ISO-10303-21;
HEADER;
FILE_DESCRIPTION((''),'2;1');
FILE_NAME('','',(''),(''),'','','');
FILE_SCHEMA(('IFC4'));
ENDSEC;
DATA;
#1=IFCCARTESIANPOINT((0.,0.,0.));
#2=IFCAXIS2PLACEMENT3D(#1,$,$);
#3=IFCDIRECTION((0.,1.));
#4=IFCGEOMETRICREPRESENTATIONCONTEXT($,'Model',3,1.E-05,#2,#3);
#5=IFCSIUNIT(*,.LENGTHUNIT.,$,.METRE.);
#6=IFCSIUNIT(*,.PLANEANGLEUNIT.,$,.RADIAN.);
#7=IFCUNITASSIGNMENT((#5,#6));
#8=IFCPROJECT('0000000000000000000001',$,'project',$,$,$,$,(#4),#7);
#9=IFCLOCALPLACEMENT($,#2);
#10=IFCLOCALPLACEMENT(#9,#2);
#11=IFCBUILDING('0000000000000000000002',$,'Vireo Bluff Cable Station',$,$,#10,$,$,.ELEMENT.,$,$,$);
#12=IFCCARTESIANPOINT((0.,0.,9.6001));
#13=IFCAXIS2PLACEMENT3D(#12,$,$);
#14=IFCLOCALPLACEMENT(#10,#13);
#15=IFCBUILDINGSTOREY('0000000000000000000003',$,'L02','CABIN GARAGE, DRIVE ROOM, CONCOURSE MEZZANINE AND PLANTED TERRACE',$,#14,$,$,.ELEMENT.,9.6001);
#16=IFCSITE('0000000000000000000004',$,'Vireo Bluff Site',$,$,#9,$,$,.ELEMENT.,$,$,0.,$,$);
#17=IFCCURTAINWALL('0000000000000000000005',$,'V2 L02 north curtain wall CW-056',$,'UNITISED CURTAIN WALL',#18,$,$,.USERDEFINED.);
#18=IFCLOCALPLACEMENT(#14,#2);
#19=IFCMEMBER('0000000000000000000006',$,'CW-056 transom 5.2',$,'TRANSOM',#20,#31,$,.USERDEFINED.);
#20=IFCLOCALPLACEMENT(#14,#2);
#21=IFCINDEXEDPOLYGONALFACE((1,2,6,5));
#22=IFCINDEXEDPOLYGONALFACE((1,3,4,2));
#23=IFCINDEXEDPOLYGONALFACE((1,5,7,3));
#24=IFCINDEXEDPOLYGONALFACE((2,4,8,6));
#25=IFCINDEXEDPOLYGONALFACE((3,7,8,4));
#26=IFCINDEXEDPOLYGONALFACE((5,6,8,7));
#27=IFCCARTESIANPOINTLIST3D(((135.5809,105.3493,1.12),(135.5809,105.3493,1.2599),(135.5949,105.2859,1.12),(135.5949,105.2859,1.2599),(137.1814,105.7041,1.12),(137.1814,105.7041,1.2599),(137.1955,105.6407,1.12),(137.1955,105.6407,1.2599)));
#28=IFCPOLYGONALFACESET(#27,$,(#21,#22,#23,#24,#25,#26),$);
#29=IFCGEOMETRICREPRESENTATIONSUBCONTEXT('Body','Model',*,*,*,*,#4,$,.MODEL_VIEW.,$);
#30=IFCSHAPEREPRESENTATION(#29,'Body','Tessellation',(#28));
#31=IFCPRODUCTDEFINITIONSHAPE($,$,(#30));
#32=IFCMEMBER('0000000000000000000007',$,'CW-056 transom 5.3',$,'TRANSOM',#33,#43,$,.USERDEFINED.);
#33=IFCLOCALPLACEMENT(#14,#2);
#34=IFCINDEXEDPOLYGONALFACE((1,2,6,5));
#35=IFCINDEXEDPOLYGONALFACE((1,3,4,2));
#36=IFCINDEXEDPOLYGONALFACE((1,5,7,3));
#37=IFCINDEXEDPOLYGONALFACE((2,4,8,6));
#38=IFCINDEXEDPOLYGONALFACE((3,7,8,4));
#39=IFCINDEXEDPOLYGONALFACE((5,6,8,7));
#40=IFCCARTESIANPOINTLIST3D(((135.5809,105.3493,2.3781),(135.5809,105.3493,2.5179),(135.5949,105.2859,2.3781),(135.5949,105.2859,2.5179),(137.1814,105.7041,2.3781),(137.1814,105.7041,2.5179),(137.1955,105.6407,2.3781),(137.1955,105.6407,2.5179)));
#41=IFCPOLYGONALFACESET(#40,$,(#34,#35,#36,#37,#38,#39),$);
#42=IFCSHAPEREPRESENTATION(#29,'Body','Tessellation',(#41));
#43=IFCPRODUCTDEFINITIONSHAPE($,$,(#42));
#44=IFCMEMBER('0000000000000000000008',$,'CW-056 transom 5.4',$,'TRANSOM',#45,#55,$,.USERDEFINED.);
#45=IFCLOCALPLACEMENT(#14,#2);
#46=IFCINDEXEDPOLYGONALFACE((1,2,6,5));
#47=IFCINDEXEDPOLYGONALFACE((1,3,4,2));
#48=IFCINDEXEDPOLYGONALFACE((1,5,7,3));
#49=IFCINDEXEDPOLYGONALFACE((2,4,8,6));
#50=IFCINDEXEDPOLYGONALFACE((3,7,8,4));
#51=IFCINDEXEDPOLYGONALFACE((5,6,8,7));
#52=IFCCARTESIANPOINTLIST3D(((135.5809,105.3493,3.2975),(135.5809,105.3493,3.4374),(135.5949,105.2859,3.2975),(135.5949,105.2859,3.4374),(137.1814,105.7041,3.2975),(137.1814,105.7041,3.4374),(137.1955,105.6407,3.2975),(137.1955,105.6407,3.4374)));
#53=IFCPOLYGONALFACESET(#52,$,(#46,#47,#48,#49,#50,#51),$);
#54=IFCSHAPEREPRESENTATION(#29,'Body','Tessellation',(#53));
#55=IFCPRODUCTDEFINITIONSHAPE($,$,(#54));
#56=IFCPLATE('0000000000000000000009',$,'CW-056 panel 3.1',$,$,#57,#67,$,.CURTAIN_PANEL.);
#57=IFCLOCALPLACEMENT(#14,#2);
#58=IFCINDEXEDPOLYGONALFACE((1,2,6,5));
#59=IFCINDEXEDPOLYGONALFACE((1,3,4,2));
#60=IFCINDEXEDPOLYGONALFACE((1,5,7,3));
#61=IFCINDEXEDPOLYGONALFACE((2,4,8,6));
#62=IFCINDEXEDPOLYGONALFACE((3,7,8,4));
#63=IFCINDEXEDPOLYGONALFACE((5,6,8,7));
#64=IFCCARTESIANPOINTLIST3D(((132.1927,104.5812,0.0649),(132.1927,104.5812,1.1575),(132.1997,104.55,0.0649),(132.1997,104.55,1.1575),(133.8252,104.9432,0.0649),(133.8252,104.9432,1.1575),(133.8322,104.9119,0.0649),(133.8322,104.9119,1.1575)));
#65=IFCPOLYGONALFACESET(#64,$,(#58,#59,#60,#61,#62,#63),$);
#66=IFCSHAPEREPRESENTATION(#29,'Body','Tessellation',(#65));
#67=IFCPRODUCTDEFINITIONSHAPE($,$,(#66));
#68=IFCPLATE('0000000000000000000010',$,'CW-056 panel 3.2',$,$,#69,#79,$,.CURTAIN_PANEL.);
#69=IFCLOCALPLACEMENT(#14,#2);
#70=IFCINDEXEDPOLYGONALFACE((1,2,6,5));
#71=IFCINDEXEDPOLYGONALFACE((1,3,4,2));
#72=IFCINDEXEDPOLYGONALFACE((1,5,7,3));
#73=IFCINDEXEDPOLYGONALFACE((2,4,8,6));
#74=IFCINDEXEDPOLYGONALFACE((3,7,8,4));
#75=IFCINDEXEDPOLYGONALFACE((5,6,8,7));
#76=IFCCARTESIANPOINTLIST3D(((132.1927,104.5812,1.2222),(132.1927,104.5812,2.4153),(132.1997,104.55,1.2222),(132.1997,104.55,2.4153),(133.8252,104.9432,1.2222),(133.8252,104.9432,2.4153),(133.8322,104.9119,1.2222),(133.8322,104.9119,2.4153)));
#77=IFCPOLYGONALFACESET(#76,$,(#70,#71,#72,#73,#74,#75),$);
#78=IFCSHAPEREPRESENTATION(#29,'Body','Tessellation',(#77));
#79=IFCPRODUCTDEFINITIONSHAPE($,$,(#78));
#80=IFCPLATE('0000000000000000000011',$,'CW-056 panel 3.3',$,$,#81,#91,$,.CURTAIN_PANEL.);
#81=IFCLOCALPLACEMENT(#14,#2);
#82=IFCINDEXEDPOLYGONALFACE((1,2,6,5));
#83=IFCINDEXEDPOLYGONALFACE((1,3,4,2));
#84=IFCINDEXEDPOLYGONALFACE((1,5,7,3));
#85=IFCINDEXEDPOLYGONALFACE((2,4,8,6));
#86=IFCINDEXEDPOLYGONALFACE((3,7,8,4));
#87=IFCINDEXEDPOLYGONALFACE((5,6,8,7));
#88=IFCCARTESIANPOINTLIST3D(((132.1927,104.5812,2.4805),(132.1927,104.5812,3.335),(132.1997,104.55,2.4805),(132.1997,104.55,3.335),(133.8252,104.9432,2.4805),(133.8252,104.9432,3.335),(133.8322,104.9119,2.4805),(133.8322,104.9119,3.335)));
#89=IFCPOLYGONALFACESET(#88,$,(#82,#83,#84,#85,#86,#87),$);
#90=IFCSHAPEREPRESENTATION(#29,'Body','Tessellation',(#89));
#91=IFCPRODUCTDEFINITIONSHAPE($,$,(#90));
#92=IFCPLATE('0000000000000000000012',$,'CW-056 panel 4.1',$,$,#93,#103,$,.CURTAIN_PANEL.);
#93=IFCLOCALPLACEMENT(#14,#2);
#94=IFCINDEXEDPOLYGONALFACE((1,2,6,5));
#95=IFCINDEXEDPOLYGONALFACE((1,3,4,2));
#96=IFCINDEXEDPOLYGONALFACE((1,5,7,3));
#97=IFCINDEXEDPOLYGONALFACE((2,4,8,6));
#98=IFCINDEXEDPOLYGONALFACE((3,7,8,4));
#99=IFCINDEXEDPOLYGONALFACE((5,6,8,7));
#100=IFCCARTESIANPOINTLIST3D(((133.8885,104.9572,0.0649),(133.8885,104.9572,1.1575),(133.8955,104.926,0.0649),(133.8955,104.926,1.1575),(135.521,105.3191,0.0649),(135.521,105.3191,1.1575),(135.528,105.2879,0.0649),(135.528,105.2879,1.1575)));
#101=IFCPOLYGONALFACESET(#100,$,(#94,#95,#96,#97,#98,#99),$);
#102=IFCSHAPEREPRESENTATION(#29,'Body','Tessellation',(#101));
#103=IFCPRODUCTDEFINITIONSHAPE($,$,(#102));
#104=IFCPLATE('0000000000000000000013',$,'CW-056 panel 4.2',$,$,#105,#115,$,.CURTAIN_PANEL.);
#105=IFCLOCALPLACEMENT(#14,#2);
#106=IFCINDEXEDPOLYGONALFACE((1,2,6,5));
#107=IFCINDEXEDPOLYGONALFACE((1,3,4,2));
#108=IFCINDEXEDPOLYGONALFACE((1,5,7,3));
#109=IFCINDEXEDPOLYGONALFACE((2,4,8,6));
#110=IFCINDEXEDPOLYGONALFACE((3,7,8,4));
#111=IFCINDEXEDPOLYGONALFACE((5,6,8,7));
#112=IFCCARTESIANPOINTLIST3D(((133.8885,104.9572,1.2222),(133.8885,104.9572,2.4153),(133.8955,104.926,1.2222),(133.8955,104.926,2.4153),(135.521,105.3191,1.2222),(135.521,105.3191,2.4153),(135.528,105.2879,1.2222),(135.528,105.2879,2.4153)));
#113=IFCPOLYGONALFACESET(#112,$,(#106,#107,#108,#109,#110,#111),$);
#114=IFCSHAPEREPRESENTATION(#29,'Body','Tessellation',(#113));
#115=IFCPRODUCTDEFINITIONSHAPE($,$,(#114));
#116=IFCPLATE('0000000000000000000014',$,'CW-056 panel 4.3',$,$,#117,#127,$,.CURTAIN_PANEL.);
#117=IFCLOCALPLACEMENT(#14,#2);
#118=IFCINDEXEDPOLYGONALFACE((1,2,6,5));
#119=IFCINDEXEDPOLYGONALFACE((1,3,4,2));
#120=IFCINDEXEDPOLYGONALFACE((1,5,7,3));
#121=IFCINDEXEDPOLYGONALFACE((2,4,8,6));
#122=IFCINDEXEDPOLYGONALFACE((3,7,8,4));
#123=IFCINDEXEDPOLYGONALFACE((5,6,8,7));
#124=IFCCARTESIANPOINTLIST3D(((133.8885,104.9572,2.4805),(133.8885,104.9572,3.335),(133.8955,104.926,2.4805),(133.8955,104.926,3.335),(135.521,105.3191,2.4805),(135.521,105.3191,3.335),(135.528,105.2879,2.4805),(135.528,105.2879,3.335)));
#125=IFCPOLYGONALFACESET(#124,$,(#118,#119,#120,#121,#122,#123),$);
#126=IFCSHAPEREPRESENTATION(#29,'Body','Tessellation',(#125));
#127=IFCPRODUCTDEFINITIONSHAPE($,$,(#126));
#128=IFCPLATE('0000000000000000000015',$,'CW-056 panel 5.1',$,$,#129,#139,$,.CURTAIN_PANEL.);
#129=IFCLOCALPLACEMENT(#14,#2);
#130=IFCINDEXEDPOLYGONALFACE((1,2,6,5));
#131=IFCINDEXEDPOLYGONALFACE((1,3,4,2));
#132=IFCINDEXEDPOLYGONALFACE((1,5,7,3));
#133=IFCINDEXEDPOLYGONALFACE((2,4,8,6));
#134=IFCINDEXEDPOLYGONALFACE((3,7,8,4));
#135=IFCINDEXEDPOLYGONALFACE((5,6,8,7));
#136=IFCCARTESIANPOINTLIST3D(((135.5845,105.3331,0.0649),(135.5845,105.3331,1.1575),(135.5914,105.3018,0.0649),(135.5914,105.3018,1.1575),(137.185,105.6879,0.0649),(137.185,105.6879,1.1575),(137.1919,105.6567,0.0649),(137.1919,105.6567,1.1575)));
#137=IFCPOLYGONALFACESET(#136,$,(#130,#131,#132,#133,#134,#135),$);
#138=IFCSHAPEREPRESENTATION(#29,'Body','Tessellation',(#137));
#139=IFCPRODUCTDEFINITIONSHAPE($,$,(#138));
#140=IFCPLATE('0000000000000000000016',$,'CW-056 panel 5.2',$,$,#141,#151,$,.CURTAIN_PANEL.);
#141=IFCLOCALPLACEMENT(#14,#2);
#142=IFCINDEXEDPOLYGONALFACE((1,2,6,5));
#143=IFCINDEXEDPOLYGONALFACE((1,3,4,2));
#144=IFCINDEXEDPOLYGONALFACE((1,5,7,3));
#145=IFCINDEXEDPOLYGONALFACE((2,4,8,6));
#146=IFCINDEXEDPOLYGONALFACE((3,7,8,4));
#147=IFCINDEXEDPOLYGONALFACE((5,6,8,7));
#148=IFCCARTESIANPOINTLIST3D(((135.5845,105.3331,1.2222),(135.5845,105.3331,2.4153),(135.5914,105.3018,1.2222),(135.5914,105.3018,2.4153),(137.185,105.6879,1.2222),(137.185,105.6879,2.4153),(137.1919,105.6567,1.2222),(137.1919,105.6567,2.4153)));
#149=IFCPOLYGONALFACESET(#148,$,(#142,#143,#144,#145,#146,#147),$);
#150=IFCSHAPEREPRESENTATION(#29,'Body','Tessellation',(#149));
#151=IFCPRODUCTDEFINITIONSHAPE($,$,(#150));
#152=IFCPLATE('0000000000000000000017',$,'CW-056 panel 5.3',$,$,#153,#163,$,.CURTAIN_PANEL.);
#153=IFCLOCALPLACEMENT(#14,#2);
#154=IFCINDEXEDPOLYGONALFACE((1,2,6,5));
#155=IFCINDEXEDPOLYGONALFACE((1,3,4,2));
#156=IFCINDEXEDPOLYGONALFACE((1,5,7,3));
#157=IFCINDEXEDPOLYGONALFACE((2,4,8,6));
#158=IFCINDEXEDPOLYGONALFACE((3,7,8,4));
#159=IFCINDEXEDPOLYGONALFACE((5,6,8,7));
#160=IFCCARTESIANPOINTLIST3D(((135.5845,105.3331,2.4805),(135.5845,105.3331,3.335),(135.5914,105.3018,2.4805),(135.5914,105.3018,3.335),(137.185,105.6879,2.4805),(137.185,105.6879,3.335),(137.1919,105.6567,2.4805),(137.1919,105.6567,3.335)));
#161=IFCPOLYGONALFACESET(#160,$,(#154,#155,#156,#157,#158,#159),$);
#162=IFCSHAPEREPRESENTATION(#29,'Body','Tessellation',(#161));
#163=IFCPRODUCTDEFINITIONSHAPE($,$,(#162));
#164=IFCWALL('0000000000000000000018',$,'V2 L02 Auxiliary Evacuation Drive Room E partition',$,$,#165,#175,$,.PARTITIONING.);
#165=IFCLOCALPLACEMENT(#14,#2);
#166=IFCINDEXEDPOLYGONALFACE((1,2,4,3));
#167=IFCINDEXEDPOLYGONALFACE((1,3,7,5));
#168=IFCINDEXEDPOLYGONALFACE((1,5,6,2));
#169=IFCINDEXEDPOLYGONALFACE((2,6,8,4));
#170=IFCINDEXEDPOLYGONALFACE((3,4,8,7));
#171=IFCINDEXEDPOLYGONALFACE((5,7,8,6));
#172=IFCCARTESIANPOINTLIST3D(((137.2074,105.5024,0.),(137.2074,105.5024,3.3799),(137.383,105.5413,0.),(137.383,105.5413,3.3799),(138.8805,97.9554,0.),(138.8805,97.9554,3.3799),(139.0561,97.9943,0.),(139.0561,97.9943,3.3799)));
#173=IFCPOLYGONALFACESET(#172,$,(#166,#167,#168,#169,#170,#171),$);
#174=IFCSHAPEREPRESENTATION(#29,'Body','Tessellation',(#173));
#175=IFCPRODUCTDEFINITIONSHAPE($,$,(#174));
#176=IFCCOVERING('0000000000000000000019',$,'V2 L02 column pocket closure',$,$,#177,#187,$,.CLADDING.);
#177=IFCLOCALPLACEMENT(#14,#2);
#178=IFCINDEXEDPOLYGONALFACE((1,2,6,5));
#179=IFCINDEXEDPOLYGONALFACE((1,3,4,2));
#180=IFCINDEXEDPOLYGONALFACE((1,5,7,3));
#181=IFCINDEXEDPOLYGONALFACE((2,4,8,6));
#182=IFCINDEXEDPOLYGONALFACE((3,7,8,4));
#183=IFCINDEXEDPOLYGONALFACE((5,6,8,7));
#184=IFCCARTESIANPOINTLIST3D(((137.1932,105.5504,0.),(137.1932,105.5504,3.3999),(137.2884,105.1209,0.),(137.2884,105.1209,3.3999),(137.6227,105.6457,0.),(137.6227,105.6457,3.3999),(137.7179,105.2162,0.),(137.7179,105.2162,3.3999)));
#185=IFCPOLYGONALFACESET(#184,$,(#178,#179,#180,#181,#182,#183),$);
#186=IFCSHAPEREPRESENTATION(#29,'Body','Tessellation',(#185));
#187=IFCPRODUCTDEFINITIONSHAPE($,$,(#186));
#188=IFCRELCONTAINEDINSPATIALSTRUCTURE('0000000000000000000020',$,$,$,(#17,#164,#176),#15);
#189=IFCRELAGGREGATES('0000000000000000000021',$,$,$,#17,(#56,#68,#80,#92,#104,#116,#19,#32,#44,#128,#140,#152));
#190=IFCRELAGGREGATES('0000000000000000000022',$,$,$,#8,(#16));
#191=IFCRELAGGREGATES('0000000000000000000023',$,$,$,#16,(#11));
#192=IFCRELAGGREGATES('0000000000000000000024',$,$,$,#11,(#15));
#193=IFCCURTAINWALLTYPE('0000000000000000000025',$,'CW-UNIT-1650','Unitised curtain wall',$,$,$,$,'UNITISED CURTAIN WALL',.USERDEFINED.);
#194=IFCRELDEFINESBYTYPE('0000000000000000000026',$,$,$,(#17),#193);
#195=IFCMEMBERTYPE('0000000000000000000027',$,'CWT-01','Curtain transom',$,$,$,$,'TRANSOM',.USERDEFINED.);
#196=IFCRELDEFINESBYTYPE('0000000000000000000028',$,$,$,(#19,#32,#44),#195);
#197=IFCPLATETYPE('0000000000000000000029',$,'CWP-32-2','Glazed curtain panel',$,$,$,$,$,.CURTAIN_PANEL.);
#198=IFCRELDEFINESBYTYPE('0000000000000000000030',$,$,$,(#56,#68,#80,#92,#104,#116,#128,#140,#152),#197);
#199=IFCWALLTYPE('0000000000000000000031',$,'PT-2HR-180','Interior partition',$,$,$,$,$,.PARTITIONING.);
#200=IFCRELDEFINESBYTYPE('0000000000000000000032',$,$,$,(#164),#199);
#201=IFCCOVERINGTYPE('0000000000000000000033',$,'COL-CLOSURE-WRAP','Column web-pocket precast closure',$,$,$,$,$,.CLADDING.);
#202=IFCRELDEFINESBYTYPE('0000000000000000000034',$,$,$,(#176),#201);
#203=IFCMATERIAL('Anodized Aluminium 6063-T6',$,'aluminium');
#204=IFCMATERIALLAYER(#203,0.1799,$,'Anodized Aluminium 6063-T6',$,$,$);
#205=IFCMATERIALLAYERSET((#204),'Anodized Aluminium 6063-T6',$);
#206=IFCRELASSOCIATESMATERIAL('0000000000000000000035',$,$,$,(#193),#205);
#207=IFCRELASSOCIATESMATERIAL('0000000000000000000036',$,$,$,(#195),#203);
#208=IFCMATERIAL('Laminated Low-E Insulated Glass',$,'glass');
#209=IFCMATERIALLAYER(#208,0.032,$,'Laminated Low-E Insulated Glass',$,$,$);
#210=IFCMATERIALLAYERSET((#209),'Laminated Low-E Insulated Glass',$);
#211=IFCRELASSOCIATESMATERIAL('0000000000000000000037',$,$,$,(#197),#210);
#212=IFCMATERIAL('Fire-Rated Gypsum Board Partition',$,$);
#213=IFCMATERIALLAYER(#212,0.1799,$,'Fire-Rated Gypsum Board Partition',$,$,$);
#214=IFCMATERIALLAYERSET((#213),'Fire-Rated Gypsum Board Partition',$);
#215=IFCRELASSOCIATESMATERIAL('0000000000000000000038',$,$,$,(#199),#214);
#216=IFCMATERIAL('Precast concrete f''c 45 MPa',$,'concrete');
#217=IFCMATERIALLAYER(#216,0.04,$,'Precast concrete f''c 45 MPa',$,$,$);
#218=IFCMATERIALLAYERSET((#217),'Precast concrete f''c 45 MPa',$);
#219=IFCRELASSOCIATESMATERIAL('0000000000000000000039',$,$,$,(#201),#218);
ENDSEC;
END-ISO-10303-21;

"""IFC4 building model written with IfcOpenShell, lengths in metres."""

from ifc_helpers import new_model, si_unit, direction, frame, frame_2d, origin, origin_2d, place, context, subcontext, project, spatial, rectangle, extrude, material, layer, layer_set, material_profile, profile_set, type_object, element, aggregate, save


model = new_model("IFC4")

# Units and contexts
model_context = context("Model", 3, precision=1e-05, world=origin(), true_north=direction((0.0, 1.0)))
body_context = subcontext(model_context, "Body", "Model", "MODEL_VIEW")
ifc_project = project(units=[si_unit("LENGTHUNIT", "METRE"), si_unit("PLANEANGLEUNIT", "RADIAN")], contexts=[model_context])

# Site, building, storey
site_placement = place(None, origin())
site = spatial("IfcSite", under=ifc_project, at=site_placement, Name="Vireo Bluff Site", CompositionType="ELEMENT", RefElevation=0.0)
building_placement = place(site_placement, origin())
building = spatial("IfcBuilding", under=site, at=building_placement, Name="Vireo Bluff Cable Station", CompositionType="ELEMENT")
storey_placement = place(building_placement, frame((0.0, 0.0, 9.6001)))
storey = spatial("IfcBuildingStorey", under=building, at=storey_placement, Name="L02", Description="CABIN GARAGE, DRIVE ROOM, CONCOURSE MEZZANINE AND PLANTED TERRACE", CompositionType="ELEMENT", Elevation=9.6001)

# Curtain wall, members, plates
ifc_material_1 = material(Name="Anodized Aluminium 6063-T6", Category="aluminium")
ifc_layer_1 = layer(ifc_material_1, 0.1799, Name="Anodized Aluminium 6063-T6")
ifc_layer_set_1 = layer_set([ifc_layer_1], Name="Anodized Aluminium 6063-T6")
curtain_wall_type = type_object("IfcCurtainWallType", Name="CW-UNIT-1650", Description="Unitised curtain wall", ElementType="UNITISED CURTAIN WALL", PredefinedType="USERDEFINED", material=ifc_layer_set_1)
curtain_wall_placement = place(storey_placement, origin())
curtain_wall = element("IfcCurtainWall", 1, at=curtain_wall_placement, inside=storey, type_object=curtain_wall_type, Name="V2 L02 north curtain wall CW-056", ObjectType="UNITISED CURTAIN WALL", PredefinedType="USERDEFINED")
ifc_material_profile_1 = material_profile(ifc_material_1, rectangle(XDim=0.0649, YDim=0.1399, at=origin_2d()), Name="ALU-T-65X140")
ifc_profile_set_1 = profile_set([ifc_material_profile_1], Name="Anodized Aluminium 6063-T6")
member_type_1 = type_object("IfcMemberType", Name="CWT-01", Description="Curtain transom", ElementType="TRANSOM", PredefinedType="USERDEFINED", material=ifc_profile_set_1)
member_1_placement = place(storey_placement, frame((135.5879, 105.3176, 1.1899), z_axis=(0.97631, 0.216379, 0.0), x_axis=(-0.216379, 0.97631, 0.0)))
member_1 = element("IfcMember", 2, at=member_1_placement, type_object=member_type_1, Name="CW-056 transom 5.2", ObjectType="TRANSOM", PredefinedType="USERDEFINED", context=body_context, shape_type="SweptSolid", body=[
    extrude(rectangle(XDim=0.0649, YDim=0.1399, at=origin_2d()), origin(), (0.0, 0.0, 1.0), 1.6394),
])
member_2_placement = place(storey_placement, frame((135.5879, 105.3176, 2.448), z_axis=(0.97631, 0.216379, 0.0), x_axis=(-0.216379, 0.97631, 0.0)))
member_2 = element("IfcMember", 3, at=member_2_placement, type_object=member_type_1, Name="CW-056 transom 5.3", ObjectType="TRANSOM", PredefinedType="USERDEFINED", context=body_context, shape_type="SweptSolid", body=[
    extrude(rectangle(XDim=0.0649, YDim=0.1399, at=origin_2d()), origin(), (0.0, 0.0, 1.0), 1.6394),
])
member_3_placement = place(storey_placement, frame((135.5879, 105.3176, 3.3674), z_axis=(0.97631, 0.216379, 0.0), x_axis=(-0.216379, 0.97631, 0.0)))
member_3 = element("IfcMember", 4, at=member_3_placement, type_object=member_type_1, Name="CW-056 transom 5.4", ObjectType="TRANSOM", PredefinedType="USERDEFINED", context=body_context, shape_type="SweptSolid", body=[
    extrude(rectangle(XDim=0.0649, YDim=0.1399, at=origin_2d()), origin(), (0.0, 0.0, 1.0), 1.6394),
])
ifc_material_2 = material(Name="Laminated Low-E Insulated Glass", Category="glass")
ifc_layer_2 = layer(ifc_material_2, 0.032, Name="Laminated Low-E Insulated Glass")
ifc_layer_set_2 = layer_set([ifc_layer_2], Name="Laminated Low-E Insulated Glass")
plate_type = type_object("IfcPlateType", Name="CWP-32-2", Description="Glazed curtain panel", PredefinedType="CURTAIN_PANEL", material=ifc_layer_set_2)
plate_1_placement = place(storey_placement, frame((133.0125, 104.7466, 0.0649), z_axis=(0.0, 0.0, 1.0), x_axis=(0.976296, 0.21644, 0.0)))
plate_1 = element("IfcPlate", 5, at=plate_1_placement, type_object=plate_type, Name="CW-056 panel 3.1", PredefinedType="CURTAIN_PANEL", context=body_context, shape_type="SweptSolid", body=[
    extrude(rectangle(XDim=1.6721, YDim=0.032, at=origin_2d()), origin(), (0.0, 0.0, 1.0), 1.0925),
])
plate_2_placement = place(storey_placement, frame((133.0125, 104.7466, 1.2222), z_axis=(0.0, 0.0, 1.0), x_axis=(0.976296, 0.21644, 0.0)))
plate_2 = element("IfcPlate", 6, at=plate_2_placement, type_object=plate_type, Name="CW-056 panel 3.2", PredefinedType="CURTAIN_PANEL", context=body_context, shape_type="SweptSolid", body=[
    extrude(rectangle(XDim=1.6721, YDim=0.032, at=origin_2d()), origin(), (0.0, 0.0, 1.0), 1.1931),
])
plate_3_placement = place(storey_placement, frame((133.0125, 104.7466, 2.4805), z_axis=(0.0, 0.0, 1.0), x_axis=(0.976296, 0.21644, 0.0)))
plate_3 = element("IfcPlate", 7, at=plate_3_placement, type_object=plate_type, Name="CW-056 panel 3.3", PredefinedType="CURTAIN_PANEL", context=body_context, shape_type="SweptSolid", body=[
    extrude(rectangle(XDim=1.6721, YDim=0.032, at=origin_2d()), origin(), (0.0, 0.0, 1.0), 0.8545),
])
plate_4_placement = place(storey_placement, frame((134.7083, 105.1226, 0.0649), z_axis=(0.0, 0.0, 1.0), x_axis=(0.976296, 0.21644, 0.0)))
plate_4 = element("IfcPlate", 8, at=plate_4_placement, type_object=plate_type, Name="CW-056 panel 4.1", PredefinedType="CURTAIN_PANEL", context=body_context, shape_type="SweptSolid", body=[
    extrude(rectangle(XDim=1.6721, YDim=0.032, at=origin_2d()), origin(), (0.0, 0.0, 1.0), 1.0925),
])
plate_5_placement = place(storey_placement, frame((134.7083, 105.1226, 1.2222), z_axis=(0.0, 0.0, 1.0), x_axis=(0.976296, 0.21644, 0.0)))
plate_5 = element("IfcPlate", 9, at=plate_5_placement, type_object=plate_type, Name="CW-056 panel 4.2", PredefinedType="CURTAIN_PANEL", context=body_context, shape_type="SweptSolid", body=[
    extrude(rectangle(XDim=1.6721, YDim=0.032, at=origin_2d()), origin(), (0.0, 0.0, 1.0), 1.1931),
])
plate_6_placement = place(storey_placement, frame((134.7083, 105.1226, 2.4805), z_axis=(0.0, 0.0, 1.0), x_axis=(0.976296, 0.21644, 0.0)))
plate_6 = element("IfcPlate", 10, at=plate_6_placement, type_object=plate_type, Name="CW-056 panel 4.3", PredefinedType="CURTAIN_PANEL", context=body_context, shape_type="SweptSolid", body=[
    extrude(rectangle(XDim=1.6721, YDim=0.032, at=origin_2d()), origin(), (0.0, 0.0, 1.0), 0.8545),
])
plate_7_placement = place(storey_placement, frame((136.3882, 105.4949, 0.0649), z_axis=(0.0, 0.0, 1.0), x_axis=(0.976296, 0.21644, 0.0)))
plate_7 = element("IfcPlate", 11, at=plate_7_placement, type_object=plate_type, Name="CW-056 panel 5.1", PredefinedType="CURTAIN_PANEL", context=body_context, shape_type="SweptSolid", body=[
    extrude(rectangle(XDim=1.6394, YDim=0.032, at=origin_2d()), origin(), (0.0, 0.0, 1.0), 1.0925),
])
plate_8_placement = place(storey_placement, frame((136.3882, 105.4949, 1.2222), z_axis=(0.0, 0.0, 1.0), x_axis=(0.976296, 0.21644, 0.0)))
plate_8 = element("IfcPlate", 12, at=plate_8_placement, type_object=plate_type, Name="CW-056 panel 5.2", PredefinedType="CURTAIN_PANEL", context=body_context, shape_type="SweptSolid", body=[
    extrude(rectangle(XDim=1.6394, YDim=0.032, at=origin_2d()), origin(), (0.0, 0.0, 1.0), 1.1931),
])
plate_9_placement = place(storey_placement, frame((136.3882, 105.4949, 2.4805), z_axis=(0.0, 0.0, 1.0), x_axis=(0.976296, 0.21644, 0.0)))
plate_9 = element("IfcPlate", 13, at=plate_9_placement, type_object=plate_type, Name="CW-056 panel 5.3", PredefinedType="CURTAIN_PANEL", context=body_context, shape_type="SweptSolid", body=[
    extrude(rectangle(XDim=1.6394, YDim=0.032, at=origin_2d()), origin(), (0.0, 0.0, 1.0), 0.8545),
])
aggregate(curtain_wall, [plate_1, plate_2, plate_3, plate_4, plate_5, plate_6, member_1, member_2, member_3, plate_7, plate_8, plate_9])

# Wall
ifc_material_3 = material(Name="Fire-Rated Gypsum Board Partition")
ifc_layer_3 = layer(ifc_material_3, 0.1799, Name="Fire-Rated Gypsum Board Partition")
ifc_layer_set_3 = layer_set([ifc_layer_3], Name="Fire-Rated Gypsum Board Partition")
wall_type = type_object("IfcWallType", Name="PT-2HR-180", Description="Interior partition", PredefinedType="PARTITIONING", material=ifc_layer_set_3)
wall_placement = place(storey_placement, frame((137.2952, 105.522, 0.0), z_axis=(0.0, 0.0, 1.0), x_axis=(0.216439, -0.976296, 0.0)))
element("IfcWall", 14, at=wall_placement, inside=storey, type_object=wall_type, Name="V2 L02 Auxiliary Evacuation Drive Room E partition", PredefinedType="PARTITIONING", context=body_context, shape_type="SweptSolid", body=[
    extrude(rectangle(XDim=7.7302, YDim=0.1799, at=frame_2d((3.8652, 0.0))), origin(), (0.0, 0.0, 1.0), 3.3799),
])

# Covering
ifc_material_4 = material(Name="Precast concrete f'c 45 MPa", Category="concrete")
ifc_layer_4 = layer(ifc_material_4, 0.04, Name="Precast concrete f'c 45 MPa")
ifc_layer_set_4 = layer_set([ifc_layer_4], Name="Precast concrete f'c 45 MPa")
covering_type = type_object("IfcCoveringType", Name="COL-CLOSURE-WRAP", Description="Column web-pocket precast closure", PredefinedType="CLADDING", material=ifc_layer_set_4)
covering_placement = place(storey_placement, frame((137.4556, 105.3833, 0.0), z_axis=(0.0, 0.0, 1.0), x_axis=(0.976296, 0.21644, 0.0)))
element("IfcCovering", 15, at=covering_placement, inside=storey, type_object=covering_type, Name="V2 L02 column pocket closure", PredefinedType="CLADDING", context=body_context, shape_type="SweptSolid", body=[
    extrude(rectangle(XDim=0.4399, YDim=0.4399, at=origin_2d()), origin(), (0.0, 0.0, 1.0), 3.3999),
])

save(model, "model.ifc")
